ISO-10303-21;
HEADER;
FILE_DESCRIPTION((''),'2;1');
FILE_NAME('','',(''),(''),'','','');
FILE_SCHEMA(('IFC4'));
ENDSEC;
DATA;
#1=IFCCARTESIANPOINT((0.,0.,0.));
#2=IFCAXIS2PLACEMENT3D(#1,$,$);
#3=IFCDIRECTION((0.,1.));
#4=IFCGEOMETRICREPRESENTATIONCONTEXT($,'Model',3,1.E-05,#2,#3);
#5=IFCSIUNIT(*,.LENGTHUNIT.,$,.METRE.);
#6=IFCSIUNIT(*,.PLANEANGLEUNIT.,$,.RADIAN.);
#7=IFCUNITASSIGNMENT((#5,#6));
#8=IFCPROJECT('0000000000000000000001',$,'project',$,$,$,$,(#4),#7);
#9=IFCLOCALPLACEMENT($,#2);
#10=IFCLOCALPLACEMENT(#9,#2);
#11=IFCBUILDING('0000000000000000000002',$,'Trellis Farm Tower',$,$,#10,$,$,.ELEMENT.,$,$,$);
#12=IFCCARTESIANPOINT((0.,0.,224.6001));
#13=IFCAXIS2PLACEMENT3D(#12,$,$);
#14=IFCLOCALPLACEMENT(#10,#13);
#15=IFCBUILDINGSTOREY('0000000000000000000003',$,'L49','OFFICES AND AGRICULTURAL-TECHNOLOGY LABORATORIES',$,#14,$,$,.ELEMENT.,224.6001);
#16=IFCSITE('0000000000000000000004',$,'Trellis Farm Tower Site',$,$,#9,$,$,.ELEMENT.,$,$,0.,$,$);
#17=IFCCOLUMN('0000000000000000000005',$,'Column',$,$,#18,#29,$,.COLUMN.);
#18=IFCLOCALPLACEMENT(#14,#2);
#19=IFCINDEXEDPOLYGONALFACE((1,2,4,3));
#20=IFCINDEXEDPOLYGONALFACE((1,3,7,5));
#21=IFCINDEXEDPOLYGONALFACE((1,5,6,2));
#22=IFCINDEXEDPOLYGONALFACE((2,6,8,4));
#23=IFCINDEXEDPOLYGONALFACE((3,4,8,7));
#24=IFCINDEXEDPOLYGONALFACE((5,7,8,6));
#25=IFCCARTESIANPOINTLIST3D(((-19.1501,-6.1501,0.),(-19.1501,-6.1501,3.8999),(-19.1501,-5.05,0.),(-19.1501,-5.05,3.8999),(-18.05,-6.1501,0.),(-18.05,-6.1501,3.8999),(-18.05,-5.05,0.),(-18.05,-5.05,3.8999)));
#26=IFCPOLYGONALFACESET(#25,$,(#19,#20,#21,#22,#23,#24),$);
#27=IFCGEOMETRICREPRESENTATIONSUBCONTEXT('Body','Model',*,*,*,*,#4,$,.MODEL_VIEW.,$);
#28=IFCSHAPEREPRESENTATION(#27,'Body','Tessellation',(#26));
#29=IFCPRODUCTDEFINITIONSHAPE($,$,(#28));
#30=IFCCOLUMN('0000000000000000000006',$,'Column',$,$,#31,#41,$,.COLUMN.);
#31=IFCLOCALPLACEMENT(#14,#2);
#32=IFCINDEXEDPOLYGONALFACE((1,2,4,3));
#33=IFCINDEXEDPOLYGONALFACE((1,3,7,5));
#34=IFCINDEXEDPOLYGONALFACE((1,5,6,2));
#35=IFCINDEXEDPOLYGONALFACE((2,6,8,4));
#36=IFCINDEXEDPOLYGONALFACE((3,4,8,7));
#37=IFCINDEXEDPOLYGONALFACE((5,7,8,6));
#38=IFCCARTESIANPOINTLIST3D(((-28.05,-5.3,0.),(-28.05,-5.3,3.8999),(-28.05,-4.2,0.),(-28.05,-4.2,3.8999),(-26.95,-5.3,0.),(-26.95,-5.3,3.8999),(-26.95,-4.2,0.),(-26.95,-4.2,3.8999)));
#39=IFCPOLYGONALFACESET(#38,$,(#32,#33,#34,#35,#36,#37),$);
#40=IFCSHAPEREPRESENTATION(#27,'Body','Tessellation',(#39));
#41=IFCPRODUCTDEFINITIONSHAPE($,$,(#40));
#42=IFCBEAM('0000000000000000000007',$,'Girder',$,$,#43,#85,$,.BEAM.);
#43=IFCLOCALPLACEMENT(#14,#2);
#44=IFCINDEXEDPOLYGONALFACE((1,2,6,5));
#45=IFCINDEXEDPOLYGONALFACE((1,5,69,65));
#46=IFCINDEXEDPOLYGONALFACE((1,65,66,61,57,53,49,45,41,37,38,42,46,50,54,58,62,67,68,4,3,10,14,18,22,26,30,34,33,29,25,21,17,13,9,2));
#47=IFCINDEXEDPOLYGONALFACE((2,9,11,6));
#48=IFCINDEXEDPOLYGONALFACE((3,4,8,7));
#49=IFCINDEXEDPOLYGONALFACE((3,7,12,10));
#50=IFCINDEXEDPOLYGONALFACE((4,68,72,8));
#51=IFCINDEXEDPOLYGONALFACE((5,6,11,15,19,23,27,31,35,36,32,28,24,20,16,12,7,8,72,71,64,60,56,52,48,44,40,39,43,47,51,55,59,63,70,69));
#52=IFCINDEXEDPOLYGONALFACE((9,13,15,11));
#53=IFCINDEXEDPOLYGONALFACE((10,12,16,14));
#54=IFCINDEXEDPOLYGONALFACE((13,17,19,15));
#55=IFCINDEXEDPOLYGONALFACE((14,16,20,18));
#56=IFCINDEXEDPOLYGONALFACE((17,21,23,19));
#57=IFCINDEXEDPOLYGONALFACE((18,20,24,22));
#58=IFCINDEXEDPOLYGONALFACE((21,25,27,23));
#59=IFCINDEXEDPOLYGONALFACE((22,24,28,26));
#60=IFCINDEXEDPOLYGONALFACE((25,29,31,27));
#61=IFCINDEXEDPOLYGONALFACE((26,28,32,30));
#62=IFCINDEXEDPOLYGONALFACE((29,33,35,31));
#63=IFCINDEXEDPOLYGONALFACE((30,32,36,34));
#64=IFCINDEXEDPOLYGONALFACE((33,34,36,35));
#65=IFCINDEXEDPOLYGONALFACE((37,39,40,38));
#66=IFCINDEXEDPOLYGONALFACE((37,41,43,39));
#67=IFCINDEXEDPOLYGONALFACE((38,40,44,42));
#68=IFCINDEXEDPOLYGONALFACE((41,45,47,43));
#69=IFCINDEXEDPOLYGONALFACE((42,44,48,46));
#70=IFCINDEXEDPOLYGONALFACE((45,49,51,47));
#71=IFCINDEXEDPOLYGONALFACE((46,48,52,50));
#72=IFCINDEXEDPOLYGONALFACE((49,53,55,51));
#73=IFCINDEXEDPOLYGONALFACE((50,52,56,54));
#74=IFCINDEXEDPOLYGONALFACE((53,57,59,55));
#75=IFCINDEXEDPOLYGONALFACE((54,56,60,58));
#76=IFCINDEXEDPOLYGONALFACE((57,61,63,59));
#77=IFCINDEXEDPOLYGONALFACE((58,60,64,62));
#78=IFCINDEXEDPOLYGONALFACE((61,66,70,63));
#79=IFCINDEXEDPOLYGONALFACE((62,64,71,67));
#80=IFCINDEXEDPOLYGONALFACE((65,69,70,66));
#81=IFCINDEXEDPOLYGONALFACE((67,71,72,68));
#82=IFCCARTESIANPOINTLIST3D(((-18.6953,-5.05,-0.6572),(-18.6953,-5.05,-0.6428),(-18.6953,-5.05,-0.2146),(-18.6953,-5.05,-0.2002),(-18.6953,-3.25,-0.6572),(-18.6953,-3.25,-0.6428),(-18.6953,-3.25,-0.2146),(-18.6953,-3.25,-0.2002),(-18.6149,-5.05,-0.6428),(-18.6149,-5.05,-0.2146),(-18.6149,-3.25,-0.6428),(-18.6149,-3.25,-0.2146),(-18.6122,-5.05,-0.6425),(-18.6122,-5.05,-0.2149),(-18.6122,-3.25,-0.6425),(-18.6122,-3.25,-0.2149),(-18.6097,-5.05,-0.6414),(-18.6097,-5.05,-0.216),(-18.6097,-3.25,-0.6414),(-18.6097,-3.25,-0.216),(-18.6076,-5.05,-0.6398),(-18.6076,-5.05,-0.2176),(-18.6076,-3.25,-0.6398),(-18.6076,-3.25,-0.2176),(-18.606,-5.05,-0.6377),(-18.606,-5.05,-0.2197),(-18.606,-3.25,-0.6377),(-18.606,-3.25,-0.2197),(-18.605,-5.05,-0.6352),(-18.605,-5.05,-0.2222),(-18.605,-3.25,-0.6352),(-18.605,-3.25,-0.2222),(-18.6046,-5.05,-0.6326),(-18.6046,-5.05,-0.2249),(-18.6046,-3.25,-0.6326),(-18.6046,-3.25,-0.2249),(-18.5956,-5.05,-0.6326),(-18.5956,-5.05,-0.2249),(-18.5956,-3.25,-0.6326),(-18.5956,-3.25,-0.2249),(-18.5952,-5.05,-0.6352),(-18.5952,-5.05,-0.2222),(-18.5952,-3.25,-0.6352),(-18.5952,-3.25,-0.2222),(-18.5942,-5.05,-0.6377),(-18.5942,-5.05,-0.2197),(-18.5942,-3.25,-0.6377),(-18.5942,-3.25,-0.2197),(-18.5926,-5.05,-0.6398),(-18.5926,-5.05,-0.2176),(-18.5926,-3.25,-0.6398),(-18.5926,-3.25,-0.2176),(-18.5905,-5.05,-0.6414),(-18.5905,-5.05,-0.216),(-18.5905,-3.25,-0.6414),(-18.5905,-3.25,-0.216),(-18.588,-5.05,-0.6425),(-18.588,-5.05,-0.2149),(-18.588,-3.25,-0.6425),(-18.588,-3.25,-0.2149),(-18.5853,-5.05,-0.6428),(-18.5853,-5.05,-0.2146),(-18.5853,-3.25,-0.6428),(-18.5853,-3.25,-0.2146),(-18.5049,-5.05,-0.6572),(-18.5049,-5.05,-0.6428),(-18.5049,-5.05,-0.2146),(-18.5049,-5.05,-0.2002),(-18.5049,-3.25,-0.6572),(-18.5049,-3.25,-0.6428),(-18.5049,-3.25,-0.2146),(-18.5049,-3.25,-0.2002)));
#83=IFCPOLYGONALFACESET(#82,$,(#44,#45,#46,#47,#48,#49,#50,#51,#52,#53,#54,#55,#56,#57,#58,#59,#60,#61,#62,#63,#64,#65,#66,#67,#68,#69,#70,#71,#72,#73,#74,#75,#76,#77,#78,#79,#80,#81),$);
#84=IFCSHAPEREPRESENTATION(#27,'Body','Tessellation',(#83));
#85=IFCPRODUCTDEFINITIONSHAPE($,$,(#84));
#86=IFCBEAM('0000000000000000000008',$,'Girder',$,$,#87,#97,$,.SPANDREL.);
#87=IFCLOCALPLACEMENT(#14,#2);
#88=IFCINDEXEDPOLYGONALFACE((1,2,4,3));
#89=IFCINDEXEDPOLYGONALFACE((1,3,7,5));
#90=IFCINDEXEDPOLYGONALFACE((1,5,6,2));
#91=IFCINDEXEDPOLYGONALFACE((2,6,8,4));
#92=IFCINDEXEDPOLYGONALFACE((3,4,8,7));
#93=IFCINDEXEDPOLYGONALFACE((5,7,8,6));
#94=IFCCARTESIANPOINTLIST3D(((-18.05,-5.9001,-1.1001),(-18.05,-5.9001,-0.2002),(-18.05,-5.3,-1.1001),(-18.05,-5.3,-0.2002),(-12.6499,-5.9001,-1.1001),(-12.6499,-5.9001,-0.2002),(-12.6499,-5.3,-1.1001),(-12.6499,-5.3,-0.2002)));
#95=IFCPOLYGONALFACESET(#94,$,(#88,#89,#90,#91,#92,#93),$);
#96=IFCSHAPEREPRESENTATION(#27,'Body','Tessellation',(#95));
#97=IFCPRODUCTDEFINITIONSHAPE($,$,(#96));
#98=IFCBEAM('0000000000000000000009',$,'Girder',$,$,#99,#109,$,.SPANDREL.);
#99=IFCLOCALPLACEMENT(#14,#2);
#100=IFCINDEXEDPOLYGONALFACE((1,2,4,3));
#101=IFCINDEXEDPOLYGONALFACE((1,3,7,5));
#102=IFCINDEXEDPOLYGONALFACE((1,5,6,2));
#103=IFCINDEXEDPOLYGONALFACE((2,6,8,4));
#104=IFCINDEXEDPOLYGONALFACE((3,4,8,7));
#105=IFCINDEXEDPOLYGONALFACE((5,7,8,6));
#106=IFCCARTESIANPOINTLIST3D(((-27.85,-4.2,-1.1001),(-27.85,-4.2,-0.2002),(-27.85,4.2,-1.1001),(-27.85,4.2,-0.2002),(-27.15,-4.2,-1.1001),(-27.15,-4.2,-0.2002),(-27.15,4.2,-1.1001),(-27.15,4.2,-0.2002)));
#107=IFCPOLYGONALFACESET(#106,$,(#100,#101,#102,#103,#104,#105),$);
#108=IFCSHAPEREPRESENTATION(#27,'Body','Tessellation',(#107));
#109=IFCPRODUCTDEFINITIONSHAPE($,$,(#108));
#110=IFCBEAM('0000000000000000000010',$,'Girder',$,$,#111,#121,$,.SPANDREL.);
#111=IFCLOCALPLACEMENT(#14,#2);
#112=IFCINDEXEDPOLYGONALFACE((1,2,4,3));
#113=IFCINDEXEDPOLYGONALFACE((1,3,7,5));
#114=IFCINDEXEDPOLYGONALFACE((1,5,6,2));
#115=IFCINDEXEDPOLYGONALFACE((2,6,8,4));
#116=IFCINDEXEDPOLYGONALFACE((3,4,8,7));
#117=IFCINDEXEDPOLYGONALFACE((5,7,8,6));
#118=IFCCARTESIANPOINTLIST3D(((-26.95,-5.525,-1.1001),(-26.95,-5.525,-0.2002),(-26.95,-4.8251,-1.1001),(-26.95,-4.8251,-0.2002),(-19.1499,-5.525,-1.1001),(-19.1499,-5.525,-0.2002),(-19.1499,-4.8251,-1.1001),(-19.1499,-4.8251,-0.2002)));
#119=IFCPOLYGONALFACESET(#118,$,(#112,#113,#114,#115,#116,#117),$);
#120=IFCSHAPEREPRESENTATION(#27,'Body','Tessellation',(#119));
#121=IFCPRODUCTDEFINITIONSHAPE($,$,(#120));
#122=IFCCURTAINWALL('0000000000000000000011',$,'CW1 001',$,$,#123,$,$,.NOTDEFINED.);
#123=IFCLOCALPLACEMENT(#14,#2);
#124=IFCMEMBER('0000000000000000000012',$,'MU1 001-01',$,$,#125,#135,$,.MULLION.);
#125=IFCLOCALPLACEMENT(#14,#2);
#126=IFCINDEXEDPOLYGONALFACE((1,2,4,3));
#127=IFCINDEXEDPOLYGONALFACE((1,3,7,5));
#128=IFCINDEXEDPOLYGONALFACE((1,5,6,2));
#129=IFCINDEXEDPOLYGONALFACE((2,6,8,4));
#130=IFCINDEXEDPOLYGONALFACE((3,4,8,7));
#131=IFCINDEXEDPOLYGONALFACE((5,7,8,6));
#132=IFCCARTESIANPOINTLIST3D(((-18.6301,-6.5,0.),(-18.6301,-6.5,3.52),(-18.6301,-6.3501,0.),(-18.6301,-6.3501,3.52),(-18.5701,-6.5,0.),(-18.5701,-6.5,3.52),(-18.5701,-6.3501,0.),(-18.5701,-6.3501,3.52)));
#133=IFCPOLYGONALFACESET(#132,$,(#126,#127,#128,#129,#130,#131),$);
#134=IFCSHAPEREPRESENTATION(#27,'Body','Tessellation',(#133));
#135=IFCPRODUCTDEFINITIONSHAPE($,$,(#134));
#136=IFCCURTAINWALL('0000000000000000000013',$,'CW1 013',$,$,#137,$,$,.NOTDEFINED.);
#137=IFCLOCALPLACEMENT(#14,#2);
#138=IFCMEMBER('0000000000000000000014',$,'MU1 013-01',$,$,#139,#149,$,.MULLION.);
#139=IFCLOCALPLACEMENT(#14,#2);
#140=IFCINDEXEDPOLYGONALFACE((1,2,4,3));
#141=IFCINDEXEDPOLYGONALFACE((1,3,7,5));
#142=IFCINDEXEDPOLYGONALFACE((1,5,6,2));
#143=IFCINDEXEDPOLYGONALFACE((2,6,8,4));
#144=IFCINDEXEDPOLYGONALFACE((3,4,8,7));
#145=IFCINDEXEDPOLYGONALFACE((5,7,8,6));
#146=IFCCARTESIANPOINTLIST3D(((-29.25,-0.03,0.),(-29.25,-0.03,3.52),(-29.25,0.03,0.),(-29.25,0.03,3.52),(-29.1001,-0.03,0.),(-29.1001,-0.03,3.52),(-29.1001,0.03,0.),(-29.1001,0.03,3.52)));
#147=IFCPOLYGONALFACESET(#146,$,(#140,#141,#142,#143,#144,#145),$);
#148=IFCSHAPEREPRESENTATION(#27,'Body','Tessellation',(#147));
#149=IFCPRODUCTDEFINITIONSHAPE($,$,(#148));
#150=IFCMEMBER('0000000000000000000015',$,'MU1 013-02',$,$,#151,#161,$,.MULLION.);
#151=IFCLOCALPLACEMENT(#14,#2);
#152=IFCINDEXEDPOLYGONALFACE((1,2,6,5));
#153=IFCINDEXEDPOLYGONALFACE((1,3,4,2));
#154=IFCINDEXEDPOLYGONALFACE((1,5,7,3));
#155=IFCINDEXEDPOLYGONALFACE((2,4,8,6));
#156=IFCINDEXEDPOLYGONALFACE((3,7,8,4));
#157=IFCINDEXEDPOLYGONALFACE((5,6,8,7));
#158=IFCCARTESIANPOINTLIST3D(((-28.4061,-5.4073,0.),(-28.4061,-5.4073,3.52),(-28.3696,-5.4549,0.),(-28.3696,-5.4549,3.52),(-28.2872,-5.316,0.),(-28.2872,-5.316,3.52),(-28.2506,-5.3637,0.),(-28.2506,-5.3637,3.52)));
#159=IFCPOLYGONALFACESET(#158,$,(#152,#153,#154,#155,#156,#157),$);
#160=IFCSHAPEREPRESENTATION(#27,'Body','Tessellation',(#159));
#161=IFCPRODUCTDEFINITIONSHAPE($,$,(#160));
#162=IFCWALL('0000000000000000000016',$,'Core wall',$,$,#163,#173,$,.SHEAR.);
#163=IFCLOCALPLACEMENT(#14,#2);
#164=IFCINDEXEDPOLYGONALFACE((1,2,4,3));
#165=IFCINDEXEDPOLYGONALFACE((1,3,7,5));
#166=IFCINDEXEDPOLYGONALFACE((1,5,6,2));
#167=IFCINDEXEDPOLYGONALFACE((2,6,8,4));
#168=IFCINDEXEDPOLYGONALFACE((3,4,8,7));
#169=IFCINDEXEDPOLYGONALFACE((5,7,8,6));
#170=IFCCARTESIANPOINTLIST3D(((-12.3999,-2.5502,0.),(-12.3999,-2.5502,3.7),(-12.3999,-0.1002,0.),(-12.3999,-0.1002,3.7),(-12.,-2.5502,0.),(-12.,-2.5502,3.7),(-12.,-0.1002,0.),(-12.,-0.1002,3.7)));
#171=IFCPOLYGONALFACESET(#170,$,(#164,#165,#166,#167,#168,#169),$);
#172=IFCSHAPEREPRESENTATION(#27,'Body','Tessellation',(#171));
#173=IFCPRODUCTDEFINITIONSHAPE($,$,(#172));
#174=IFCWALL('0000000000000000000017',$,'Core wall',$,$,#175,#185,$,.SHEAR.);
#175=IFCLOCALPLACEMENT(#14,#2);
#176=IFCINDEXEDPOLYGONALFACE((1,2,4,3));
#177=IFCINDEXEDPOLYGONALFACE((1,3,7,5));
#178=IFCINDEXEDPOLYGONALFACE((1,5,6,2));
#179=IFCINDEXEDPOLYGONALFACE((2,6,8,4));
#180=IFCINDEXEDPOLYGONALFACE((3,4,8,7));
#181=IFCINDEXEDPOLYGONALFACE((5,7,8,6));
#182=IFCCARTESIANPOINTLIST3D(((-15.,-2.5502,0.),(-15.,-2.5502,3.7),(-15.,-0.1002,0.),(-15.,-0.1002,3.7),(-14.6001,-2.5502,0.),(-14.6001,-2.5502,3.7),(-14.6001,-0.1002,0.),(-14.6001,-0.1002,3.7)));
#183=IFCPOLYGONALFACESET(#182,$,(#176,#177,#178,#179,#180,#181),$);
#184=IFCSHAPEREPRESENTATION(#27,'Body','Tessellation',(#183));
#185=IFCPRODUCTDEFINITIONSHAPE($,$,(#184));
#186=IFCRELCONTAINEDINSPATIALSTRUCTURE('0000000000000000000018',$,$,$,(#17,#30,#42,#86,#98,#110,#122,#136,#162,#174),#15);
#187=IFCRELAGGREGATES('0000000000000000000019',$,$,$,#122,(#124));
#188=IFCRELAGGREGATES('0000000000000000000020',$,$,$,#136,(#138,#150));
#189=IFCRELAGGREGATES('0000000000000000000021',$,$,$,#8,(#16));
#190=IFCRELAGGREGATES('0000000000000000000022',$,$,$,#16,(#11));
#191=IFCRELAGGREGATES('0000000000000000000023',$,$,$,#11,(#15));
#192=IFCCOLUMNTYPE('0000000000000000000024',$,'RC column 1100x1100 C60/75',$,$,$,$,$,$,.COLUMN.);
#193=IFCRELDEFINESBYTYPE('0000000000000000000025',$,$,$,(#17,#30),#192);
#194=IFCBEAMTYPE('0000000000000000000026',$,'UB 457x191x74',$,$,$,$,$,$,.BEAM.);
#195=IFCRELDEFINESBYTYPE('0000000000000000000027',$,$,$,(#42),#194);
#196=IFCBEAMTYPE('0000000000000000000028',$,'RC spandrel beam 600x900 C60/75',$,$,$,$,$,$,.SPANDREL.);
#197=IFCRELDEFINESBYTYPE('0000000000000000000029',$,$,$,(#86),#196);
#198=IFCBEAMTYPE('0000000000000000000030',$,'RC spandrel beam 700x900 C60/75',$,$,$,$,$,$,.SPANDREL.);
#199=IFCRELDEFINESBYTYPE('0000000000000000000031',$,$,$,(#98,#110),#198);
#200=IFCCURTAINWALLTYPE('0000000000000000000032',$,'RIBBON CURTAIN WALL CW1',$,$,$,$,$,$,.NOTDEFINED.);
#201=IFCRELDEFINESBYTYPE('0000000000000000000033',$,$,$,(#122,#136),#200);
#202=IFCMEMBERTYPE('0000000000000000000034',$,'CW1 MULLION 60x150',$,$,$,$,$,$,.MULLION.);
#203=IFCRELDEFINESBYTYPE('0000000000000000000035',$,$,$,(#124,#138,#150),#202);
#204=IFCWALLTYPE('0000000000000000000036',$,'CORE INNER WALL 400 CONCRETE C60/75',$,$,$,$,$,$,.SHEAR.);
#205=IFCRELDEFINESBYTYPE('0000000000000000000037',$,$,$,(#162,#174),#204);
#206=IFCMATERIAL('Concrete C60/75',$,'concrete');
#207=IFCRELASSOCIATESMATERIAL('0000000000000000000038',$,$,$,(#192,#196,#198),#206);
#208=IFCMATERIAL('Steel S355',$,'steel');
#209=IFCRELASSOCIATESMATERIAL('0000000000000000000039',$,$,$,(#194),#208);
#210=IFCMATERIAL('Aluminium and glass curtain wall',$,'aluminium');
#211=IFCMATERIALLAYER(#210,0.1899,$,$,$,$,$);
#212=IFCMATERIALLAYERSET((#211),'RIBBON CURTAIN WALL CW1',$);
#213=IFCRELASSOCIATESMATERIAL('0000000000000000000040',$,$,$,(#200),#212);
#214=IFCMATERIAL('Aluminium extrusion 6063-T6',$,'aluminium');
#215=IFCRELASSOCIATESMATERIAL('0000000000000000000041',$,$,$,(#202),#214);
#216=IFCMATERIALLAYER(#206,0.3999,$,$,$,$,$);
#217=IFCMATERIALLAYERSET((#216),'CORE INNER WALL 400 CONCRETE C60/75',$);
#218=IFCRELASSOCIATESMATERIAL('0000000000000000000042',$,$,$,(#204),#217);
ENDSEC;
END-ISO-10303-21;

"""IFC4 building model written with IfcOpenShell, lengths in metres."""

from ifc_helpers import new_model, si_unit, direction, frame, frame_2d, origin, origin_2d, place, context, subcontext, project, spatial, rectangle, i_section, extrude, source, transform, mapped, material, layer, layer_set, material_profile, profile_set, type_object, element, aggregate, save


model = new_model("IFC4")

# Units and contexts
model_context = context("Model", 3, precision=1e-05, world=origin(), true_north=direction((0.0, 1.0)))
body_context = subcontext(model_context, "Body", "Model", "MODEL_VIEW")
ifc_project = project(units=[si_unit("LENGTHUNIT", "METRE"), si_unit("PLANEANGLEUNIT", "RADIAN")], contexts=[model_context])

# Site, building, storey
site_placement = place(None, origin())
site = spatial("IfcSite", under=ifc_project, at=site_placement, Name="Trellis Farm Tower Site", CompositionType="ELEMENT", RefElevation=0.0)
building_placement = place(site_placement, origin())
building = spatial("IfcBuilding", under=site, at=building_placement, Name="Trellis Farm Tower", CompositionType="ELEMENT")
storey_placement = place(building_placement, frame((0.0, 0.0, 224.6001)))
storey = spatial("IfcBuildingStorey", under=building, at=storey_placement, Name="L49", Description="OFFICES AND AGRICULTURAL-TECHNOLOGY LABORATORIES", CompositionType="ELEMENT", Elevation=224.6001)

# Columns
ifc_material_1 = material(Name="Concrete C60/75", Category="concrete")
ifc_material_profile_1 = material_profile(ifc_material_1, rectangle(XDim=1.1001, YDim=1.1001, at=origin_2d()), Name="RC column 1100x1100 C60/75")
ifc_profile_set_1 = profile_set([ifc_material_profile_1], Name="Concrete C60/75")
column_type = type_object("IfcColumnType", Name="RC column 1100x1100 C60/75", PredefinedType="COLUMN", material=ifc_profile_set_1)
shared_shape_1 = source(origin(), body_context, "Body", "SweptSolid", [
    extrude(rectangle(XDim=1.1001, YDim=1.1001, at=origin_2d()), origin(), (0.0, 0.0, 1.0), 3.8999),
])
for number, where, z_axis, x_axis, name in (
    (1, (-18.6001, -5.6001, 0.0), (0.0, 0.0, 1.0), (1.0, 0.0, 0.0), "Column"),
    (2, (-27.5, -4.75, 0.0), (0.0, 0.0, 1.0), (1.0, 0.0, 0.0), "Column"),
):
    element("IfcColumn", number, at=place(storey_placement, frame(where, z_axis=z_axis, x_axis=x_axis)), inside=storey, type_object=column_type, Name=name, PredefinedType="COLUMN", context=body_context, shape_type="MappedRepresentation", body=[
        mapped(shared_shape_1, transform((0.0, 0.0, 0.0))),
    ])

# Beams
ifc_material_2 = material(Name="Steel S355", Category="steel")
ifc_material_profile_2 = material_profile(ifc_material_2, i_section(OverallWidth=0.1904, OverallDepth=0.457, WebThickness=0.009, FlangeThickness=0.0144, FilletRadius=0.0103, at=origin_2d()), Name="UB 457x191x74")
ifc_profile_set_2 = profile_set([ifc_material_profile_2], Name="Steel S355")
beam_type_1 = type_object("IfcBeamType", Name="UB 457x191x74", PredefinedType="BEAM", material=ifc_profile_set_2)
shared_shape_2 = source(origin(), body_context, "Body", "SweptSolid", [
    extrude(i_section(OverallWidth=0.1904, OverallDepth=0.457, WebThickness=0.009, FlangeThickness=0.0144, FilletRadius=0.0103, at=origin_2d()), origin(), (0.0, 0.0, 1.0), 1.8),
])
beam_1_placement = place(storey_placement, frame((-18.6001, -5.05, -0.4287), z_axis=(0.0, 1.0, 0.0), x_axis=(-1.0, 0.0, 0.0)))
element("IfcBeam", 3, at=beam_1_placement, inside=storey, type_object=beam_type_1, Name="Girder", PredefinedType="BEAM", context=body_context, shape_type="MappedRepresentation", body=[
    mapped(shared_shape_2, transform((0.0, 0.0, 0.0))),
])
ifc_material_profile_3 = material_profile(ifc_material_1, rectangle(XDim=0.6001, YDim=0.8999, at=origin_2d()), Name="RC spandrel beam 600x900 C60/75")
ifc_profile_set_3 = profile_set([ifc_material_profile_3], Name="Concrete C60/75")
beam_type_2 = type_object("IfcBeamType", Name="RC spandrel beam 600x900 C60/75", PredefinedType="SPANDREL", material=ifc_profile_set_3)
shared_shape_3 = source(origin(), body_context, "Body", "SweptSolid", [
    extrude(rectangle(XDim=0.6001, YDim=0.8999, at=origin_2d()), origin(), (0.0, 0.0, 1.0), 5.4001),
])
beam_2_placement = place(storey_placement, frame((-18.05, -5.6001, -0.6501), z_axis=(1.0, 0.0, 0.0), x_axis=(0.0, 1.0, 0.0)))
element("IfcBeam", 4, at=beam_2_placement, inside=storey, type_object=beam_type_2, Name="Girder", PredefinedType="SPANDREL", context=body_context, shape_type="MappedRepresentation", body=[
    mapped(shared_shape_3, transform((0.0, 0.0, 0.0))),
])
ifc_material_profile_4 = material_profile(ifc_material_1, rectangle(XDim=0.7, YDim=0.8999, at=origin_2d()), Name="RC spandrel beam 700x900 C60/75")
ifc_profile_set_4 = profile_set([ifc_material_profile_4], Name="Concrete C60/75")
beam_type_3 = type_object("IfcBeamType", Name="RC spandrel beam 700x900 C60/75", PredefinedType="SPANDREL", material=ifc_profile_set_4)
shared_shape_4 = source(origin(), body_context, "Body", "SweptSolid", [
    extrude(rectangle(XDim=0.7, YDim=0.8999, at=origin_2d()), origin(), (0.0, 0.0, 1.0), 8.3999),
])
beam_3_placement = place(storey_placement, frame((-27.5, -4.2, -0.6501), z_axis=(0.0, 1.0, 0.0), x_axis=(-1.0, 0.0, 0.0)))
element("IfcBeam", 5, at=beam_3_placement, inside=storey, type_object=beam_type_3, Name="Girder", PredefinedType="SPANDREL", context=body_context, shape_type="MappedRepresentation", body=[
    mapped(shared_shape_4, transform((0.0, 0.0, 0.0))),
])
shared_shape_5 = source(origin(), body_context, "Body", "SweptSolid", [
    extrude(rectangle(XDim=0.7, YDim=0.8999, at=origin_2d()), origin(), (0.0, 0.0, 1.0), 7.8),
])
beam_4_placement = place(storey_placement, frame((-26.95, -5.175, -0.6501), z_axis=(1.0, 0.0, 0.0), x_axis=(0.0, 1.0, 0.0)))
element("IfcBeam", 6, at=beam_4_placement, inside=storey, type_object=beam_type_3, Name="Girder", PredefinedType="SPANDREL", context=body_context, shape_type="MappedRepresentation", body=[
    mapped(shared_shape_5, transform((0.0, 0.0, 0.0))),
])

# Curtain wall, member
ifc_material_3 = material(Name="Aluminium and glass curtain wall", Category="aluminium")
ifc_layer_1 = layer(ifc_material_3, 0.1899)
ifc_layer_set_1 = layer_set([ifc_layer_1], Name="RIBBON CURTAIN WALL CW1")
curtain_wall_type = type_object("IfcCurtainWallType", Name="RIBBON CURTAIN WALL CW1", PredefinedType="NOTDEFINED", material=ifc_layer_set_1)
placement = place(storey_placement, origin())
curtain_wall_1 = element("IfcCurtainWall", 7, at=placement, inside=storey, type_object=curtain_wall_type, Name="CW1 001", PredefinedType="NOTDEFINED")
ifc_material_4 = material(Name="Aluminium extrusion 6063-T6", Category="aluminium")
ifc_material_profile_5 = material_profile(ifc_material_4, rectangle(XDim=0.0601, YDim=0.1499, at=origin_2d()), Name="MULLION 60x150")
ifc_profile_set_5 = profile_set([ifc_material_profile_5], Name="Aluminium extrusion 6063-T6")
member_type = type_object("IfcMemberType", Name="CW1 MULLION 60x150", PredefinedType="MULLION", material=ifc_profile_set_5)
shared_shape_6 = source(origin(), body_context, "Body", "SweptSolid", [
    extrude(rectangle(XDim=0.0601, YDim=0.1499, at=origin_2d()), origin(), (0.0, 0.0, 1.0), 3.52),
])
member_1_placement = place(storey_placement, frame((-18.6001, -6.425, 0.0), z_axis=(0.0, 0.0, 1.0), x_axis=(1.0, 0.0, 0.0)))
member_1 = element("IfcMember", 8, at=member_1_placement, type_object=member_type, Name="MU1 001-01", PredefinedType="MULLION", context=body_context, shape_type="MappedRepresentation", body=[
    mapped(shared_shape_6, transform((0.0, 0.0, 0.0))),
])
aggregate(curtain_wall_1, [member_1])

# Curtain wall, members
curtain_wall_2 = element("IfcCurtainWall", 9, at=placement, inside=storey, type_object=curtain_wall_type, Name="CW1 013", PredefinedType="NOTDEFINED")
member_2_placement = place(storey_placement, frame((-29.175, 0.0, 0.0), z_axis=(0.0, 0.0, 1.0), x_axis=(0.0, -1.0, 0.0)))
member_2 = element("IfcMember", 10, at=member_2_placement, type_object=member_type, Name="MU1 013-01", PredefinedType="MULLION", context=body_context, shape_type="MappedRepresentation", body=[
    mapped(shared_shape_6, transform((0.0, 0.0, 0.0))),
])
member_3_placement = place(storey_placement, frame((-28.3284, -5.3855, 0.0), z_axis=(0.0, 0.0, 1.0), x_axis=(0.608761, -0.793353, 0.0)))
member_3 = element("IfcMember", 11, at=member_3_placement, type_object=member_type, Name="MU1 013-02", PredefinedType="MULLION", context=body_context, shape_type="MappedRepresentation", body=[
    mapped(shared_shape_6, transform((0.0, 0.0, 0.0))),
])
aggregate(curtain_wall_2, [member_2, member_3])

# Walls
ifc_layer_2 = layer(ifc_material_1, 0.3999)
ifc_layer_set_2 = layer_set([ifc_layer_2], Name="CORE INNER WALL 400 CONCRETE C60/75")
wall_type_1 = type_object("IfcWallType", Name="CORE INNER WALL 400 CONCRETE C60/75", PredefinedType="SHEAR", material=ifc_layer_set_2)
shared_shape_7 = source(origin(), body_context, "Body", "SweptSolid", [
    extrude(rectangle(XDim=2.45, YDim=0.3999, at=frame_2d((1.2251, 0.0))), origin(), (0.0, 0.0, 1.0), 3.7),
])
for number, where, z_axis, x_axis, name in (
    (12, (-12.2, -0.1001, 0.0), (0.0, 0.0, 1.0), (0.0, -1.0, 0.0), "Core wall"),
    (13, (-14.8, -0.1001, 0.0), (0.0, 0.0, 1.0), (0.0, -1.0, 0.0), "Core wall"),
):
    element("IfcWall", number, at=place(storey_placement, frame(where, z_axis=z_axis, x_axis=x_axis)), inside=storey, type_object=wall_type_1, Name=name, PredefinedType="SHEAR", context=body_context, shape_type="MappedRepresentation", body=[
        mapped(shared_shape_7, transform((0.0, 0.0, 0.0))),
    ])

save(model, "model.ifc")
